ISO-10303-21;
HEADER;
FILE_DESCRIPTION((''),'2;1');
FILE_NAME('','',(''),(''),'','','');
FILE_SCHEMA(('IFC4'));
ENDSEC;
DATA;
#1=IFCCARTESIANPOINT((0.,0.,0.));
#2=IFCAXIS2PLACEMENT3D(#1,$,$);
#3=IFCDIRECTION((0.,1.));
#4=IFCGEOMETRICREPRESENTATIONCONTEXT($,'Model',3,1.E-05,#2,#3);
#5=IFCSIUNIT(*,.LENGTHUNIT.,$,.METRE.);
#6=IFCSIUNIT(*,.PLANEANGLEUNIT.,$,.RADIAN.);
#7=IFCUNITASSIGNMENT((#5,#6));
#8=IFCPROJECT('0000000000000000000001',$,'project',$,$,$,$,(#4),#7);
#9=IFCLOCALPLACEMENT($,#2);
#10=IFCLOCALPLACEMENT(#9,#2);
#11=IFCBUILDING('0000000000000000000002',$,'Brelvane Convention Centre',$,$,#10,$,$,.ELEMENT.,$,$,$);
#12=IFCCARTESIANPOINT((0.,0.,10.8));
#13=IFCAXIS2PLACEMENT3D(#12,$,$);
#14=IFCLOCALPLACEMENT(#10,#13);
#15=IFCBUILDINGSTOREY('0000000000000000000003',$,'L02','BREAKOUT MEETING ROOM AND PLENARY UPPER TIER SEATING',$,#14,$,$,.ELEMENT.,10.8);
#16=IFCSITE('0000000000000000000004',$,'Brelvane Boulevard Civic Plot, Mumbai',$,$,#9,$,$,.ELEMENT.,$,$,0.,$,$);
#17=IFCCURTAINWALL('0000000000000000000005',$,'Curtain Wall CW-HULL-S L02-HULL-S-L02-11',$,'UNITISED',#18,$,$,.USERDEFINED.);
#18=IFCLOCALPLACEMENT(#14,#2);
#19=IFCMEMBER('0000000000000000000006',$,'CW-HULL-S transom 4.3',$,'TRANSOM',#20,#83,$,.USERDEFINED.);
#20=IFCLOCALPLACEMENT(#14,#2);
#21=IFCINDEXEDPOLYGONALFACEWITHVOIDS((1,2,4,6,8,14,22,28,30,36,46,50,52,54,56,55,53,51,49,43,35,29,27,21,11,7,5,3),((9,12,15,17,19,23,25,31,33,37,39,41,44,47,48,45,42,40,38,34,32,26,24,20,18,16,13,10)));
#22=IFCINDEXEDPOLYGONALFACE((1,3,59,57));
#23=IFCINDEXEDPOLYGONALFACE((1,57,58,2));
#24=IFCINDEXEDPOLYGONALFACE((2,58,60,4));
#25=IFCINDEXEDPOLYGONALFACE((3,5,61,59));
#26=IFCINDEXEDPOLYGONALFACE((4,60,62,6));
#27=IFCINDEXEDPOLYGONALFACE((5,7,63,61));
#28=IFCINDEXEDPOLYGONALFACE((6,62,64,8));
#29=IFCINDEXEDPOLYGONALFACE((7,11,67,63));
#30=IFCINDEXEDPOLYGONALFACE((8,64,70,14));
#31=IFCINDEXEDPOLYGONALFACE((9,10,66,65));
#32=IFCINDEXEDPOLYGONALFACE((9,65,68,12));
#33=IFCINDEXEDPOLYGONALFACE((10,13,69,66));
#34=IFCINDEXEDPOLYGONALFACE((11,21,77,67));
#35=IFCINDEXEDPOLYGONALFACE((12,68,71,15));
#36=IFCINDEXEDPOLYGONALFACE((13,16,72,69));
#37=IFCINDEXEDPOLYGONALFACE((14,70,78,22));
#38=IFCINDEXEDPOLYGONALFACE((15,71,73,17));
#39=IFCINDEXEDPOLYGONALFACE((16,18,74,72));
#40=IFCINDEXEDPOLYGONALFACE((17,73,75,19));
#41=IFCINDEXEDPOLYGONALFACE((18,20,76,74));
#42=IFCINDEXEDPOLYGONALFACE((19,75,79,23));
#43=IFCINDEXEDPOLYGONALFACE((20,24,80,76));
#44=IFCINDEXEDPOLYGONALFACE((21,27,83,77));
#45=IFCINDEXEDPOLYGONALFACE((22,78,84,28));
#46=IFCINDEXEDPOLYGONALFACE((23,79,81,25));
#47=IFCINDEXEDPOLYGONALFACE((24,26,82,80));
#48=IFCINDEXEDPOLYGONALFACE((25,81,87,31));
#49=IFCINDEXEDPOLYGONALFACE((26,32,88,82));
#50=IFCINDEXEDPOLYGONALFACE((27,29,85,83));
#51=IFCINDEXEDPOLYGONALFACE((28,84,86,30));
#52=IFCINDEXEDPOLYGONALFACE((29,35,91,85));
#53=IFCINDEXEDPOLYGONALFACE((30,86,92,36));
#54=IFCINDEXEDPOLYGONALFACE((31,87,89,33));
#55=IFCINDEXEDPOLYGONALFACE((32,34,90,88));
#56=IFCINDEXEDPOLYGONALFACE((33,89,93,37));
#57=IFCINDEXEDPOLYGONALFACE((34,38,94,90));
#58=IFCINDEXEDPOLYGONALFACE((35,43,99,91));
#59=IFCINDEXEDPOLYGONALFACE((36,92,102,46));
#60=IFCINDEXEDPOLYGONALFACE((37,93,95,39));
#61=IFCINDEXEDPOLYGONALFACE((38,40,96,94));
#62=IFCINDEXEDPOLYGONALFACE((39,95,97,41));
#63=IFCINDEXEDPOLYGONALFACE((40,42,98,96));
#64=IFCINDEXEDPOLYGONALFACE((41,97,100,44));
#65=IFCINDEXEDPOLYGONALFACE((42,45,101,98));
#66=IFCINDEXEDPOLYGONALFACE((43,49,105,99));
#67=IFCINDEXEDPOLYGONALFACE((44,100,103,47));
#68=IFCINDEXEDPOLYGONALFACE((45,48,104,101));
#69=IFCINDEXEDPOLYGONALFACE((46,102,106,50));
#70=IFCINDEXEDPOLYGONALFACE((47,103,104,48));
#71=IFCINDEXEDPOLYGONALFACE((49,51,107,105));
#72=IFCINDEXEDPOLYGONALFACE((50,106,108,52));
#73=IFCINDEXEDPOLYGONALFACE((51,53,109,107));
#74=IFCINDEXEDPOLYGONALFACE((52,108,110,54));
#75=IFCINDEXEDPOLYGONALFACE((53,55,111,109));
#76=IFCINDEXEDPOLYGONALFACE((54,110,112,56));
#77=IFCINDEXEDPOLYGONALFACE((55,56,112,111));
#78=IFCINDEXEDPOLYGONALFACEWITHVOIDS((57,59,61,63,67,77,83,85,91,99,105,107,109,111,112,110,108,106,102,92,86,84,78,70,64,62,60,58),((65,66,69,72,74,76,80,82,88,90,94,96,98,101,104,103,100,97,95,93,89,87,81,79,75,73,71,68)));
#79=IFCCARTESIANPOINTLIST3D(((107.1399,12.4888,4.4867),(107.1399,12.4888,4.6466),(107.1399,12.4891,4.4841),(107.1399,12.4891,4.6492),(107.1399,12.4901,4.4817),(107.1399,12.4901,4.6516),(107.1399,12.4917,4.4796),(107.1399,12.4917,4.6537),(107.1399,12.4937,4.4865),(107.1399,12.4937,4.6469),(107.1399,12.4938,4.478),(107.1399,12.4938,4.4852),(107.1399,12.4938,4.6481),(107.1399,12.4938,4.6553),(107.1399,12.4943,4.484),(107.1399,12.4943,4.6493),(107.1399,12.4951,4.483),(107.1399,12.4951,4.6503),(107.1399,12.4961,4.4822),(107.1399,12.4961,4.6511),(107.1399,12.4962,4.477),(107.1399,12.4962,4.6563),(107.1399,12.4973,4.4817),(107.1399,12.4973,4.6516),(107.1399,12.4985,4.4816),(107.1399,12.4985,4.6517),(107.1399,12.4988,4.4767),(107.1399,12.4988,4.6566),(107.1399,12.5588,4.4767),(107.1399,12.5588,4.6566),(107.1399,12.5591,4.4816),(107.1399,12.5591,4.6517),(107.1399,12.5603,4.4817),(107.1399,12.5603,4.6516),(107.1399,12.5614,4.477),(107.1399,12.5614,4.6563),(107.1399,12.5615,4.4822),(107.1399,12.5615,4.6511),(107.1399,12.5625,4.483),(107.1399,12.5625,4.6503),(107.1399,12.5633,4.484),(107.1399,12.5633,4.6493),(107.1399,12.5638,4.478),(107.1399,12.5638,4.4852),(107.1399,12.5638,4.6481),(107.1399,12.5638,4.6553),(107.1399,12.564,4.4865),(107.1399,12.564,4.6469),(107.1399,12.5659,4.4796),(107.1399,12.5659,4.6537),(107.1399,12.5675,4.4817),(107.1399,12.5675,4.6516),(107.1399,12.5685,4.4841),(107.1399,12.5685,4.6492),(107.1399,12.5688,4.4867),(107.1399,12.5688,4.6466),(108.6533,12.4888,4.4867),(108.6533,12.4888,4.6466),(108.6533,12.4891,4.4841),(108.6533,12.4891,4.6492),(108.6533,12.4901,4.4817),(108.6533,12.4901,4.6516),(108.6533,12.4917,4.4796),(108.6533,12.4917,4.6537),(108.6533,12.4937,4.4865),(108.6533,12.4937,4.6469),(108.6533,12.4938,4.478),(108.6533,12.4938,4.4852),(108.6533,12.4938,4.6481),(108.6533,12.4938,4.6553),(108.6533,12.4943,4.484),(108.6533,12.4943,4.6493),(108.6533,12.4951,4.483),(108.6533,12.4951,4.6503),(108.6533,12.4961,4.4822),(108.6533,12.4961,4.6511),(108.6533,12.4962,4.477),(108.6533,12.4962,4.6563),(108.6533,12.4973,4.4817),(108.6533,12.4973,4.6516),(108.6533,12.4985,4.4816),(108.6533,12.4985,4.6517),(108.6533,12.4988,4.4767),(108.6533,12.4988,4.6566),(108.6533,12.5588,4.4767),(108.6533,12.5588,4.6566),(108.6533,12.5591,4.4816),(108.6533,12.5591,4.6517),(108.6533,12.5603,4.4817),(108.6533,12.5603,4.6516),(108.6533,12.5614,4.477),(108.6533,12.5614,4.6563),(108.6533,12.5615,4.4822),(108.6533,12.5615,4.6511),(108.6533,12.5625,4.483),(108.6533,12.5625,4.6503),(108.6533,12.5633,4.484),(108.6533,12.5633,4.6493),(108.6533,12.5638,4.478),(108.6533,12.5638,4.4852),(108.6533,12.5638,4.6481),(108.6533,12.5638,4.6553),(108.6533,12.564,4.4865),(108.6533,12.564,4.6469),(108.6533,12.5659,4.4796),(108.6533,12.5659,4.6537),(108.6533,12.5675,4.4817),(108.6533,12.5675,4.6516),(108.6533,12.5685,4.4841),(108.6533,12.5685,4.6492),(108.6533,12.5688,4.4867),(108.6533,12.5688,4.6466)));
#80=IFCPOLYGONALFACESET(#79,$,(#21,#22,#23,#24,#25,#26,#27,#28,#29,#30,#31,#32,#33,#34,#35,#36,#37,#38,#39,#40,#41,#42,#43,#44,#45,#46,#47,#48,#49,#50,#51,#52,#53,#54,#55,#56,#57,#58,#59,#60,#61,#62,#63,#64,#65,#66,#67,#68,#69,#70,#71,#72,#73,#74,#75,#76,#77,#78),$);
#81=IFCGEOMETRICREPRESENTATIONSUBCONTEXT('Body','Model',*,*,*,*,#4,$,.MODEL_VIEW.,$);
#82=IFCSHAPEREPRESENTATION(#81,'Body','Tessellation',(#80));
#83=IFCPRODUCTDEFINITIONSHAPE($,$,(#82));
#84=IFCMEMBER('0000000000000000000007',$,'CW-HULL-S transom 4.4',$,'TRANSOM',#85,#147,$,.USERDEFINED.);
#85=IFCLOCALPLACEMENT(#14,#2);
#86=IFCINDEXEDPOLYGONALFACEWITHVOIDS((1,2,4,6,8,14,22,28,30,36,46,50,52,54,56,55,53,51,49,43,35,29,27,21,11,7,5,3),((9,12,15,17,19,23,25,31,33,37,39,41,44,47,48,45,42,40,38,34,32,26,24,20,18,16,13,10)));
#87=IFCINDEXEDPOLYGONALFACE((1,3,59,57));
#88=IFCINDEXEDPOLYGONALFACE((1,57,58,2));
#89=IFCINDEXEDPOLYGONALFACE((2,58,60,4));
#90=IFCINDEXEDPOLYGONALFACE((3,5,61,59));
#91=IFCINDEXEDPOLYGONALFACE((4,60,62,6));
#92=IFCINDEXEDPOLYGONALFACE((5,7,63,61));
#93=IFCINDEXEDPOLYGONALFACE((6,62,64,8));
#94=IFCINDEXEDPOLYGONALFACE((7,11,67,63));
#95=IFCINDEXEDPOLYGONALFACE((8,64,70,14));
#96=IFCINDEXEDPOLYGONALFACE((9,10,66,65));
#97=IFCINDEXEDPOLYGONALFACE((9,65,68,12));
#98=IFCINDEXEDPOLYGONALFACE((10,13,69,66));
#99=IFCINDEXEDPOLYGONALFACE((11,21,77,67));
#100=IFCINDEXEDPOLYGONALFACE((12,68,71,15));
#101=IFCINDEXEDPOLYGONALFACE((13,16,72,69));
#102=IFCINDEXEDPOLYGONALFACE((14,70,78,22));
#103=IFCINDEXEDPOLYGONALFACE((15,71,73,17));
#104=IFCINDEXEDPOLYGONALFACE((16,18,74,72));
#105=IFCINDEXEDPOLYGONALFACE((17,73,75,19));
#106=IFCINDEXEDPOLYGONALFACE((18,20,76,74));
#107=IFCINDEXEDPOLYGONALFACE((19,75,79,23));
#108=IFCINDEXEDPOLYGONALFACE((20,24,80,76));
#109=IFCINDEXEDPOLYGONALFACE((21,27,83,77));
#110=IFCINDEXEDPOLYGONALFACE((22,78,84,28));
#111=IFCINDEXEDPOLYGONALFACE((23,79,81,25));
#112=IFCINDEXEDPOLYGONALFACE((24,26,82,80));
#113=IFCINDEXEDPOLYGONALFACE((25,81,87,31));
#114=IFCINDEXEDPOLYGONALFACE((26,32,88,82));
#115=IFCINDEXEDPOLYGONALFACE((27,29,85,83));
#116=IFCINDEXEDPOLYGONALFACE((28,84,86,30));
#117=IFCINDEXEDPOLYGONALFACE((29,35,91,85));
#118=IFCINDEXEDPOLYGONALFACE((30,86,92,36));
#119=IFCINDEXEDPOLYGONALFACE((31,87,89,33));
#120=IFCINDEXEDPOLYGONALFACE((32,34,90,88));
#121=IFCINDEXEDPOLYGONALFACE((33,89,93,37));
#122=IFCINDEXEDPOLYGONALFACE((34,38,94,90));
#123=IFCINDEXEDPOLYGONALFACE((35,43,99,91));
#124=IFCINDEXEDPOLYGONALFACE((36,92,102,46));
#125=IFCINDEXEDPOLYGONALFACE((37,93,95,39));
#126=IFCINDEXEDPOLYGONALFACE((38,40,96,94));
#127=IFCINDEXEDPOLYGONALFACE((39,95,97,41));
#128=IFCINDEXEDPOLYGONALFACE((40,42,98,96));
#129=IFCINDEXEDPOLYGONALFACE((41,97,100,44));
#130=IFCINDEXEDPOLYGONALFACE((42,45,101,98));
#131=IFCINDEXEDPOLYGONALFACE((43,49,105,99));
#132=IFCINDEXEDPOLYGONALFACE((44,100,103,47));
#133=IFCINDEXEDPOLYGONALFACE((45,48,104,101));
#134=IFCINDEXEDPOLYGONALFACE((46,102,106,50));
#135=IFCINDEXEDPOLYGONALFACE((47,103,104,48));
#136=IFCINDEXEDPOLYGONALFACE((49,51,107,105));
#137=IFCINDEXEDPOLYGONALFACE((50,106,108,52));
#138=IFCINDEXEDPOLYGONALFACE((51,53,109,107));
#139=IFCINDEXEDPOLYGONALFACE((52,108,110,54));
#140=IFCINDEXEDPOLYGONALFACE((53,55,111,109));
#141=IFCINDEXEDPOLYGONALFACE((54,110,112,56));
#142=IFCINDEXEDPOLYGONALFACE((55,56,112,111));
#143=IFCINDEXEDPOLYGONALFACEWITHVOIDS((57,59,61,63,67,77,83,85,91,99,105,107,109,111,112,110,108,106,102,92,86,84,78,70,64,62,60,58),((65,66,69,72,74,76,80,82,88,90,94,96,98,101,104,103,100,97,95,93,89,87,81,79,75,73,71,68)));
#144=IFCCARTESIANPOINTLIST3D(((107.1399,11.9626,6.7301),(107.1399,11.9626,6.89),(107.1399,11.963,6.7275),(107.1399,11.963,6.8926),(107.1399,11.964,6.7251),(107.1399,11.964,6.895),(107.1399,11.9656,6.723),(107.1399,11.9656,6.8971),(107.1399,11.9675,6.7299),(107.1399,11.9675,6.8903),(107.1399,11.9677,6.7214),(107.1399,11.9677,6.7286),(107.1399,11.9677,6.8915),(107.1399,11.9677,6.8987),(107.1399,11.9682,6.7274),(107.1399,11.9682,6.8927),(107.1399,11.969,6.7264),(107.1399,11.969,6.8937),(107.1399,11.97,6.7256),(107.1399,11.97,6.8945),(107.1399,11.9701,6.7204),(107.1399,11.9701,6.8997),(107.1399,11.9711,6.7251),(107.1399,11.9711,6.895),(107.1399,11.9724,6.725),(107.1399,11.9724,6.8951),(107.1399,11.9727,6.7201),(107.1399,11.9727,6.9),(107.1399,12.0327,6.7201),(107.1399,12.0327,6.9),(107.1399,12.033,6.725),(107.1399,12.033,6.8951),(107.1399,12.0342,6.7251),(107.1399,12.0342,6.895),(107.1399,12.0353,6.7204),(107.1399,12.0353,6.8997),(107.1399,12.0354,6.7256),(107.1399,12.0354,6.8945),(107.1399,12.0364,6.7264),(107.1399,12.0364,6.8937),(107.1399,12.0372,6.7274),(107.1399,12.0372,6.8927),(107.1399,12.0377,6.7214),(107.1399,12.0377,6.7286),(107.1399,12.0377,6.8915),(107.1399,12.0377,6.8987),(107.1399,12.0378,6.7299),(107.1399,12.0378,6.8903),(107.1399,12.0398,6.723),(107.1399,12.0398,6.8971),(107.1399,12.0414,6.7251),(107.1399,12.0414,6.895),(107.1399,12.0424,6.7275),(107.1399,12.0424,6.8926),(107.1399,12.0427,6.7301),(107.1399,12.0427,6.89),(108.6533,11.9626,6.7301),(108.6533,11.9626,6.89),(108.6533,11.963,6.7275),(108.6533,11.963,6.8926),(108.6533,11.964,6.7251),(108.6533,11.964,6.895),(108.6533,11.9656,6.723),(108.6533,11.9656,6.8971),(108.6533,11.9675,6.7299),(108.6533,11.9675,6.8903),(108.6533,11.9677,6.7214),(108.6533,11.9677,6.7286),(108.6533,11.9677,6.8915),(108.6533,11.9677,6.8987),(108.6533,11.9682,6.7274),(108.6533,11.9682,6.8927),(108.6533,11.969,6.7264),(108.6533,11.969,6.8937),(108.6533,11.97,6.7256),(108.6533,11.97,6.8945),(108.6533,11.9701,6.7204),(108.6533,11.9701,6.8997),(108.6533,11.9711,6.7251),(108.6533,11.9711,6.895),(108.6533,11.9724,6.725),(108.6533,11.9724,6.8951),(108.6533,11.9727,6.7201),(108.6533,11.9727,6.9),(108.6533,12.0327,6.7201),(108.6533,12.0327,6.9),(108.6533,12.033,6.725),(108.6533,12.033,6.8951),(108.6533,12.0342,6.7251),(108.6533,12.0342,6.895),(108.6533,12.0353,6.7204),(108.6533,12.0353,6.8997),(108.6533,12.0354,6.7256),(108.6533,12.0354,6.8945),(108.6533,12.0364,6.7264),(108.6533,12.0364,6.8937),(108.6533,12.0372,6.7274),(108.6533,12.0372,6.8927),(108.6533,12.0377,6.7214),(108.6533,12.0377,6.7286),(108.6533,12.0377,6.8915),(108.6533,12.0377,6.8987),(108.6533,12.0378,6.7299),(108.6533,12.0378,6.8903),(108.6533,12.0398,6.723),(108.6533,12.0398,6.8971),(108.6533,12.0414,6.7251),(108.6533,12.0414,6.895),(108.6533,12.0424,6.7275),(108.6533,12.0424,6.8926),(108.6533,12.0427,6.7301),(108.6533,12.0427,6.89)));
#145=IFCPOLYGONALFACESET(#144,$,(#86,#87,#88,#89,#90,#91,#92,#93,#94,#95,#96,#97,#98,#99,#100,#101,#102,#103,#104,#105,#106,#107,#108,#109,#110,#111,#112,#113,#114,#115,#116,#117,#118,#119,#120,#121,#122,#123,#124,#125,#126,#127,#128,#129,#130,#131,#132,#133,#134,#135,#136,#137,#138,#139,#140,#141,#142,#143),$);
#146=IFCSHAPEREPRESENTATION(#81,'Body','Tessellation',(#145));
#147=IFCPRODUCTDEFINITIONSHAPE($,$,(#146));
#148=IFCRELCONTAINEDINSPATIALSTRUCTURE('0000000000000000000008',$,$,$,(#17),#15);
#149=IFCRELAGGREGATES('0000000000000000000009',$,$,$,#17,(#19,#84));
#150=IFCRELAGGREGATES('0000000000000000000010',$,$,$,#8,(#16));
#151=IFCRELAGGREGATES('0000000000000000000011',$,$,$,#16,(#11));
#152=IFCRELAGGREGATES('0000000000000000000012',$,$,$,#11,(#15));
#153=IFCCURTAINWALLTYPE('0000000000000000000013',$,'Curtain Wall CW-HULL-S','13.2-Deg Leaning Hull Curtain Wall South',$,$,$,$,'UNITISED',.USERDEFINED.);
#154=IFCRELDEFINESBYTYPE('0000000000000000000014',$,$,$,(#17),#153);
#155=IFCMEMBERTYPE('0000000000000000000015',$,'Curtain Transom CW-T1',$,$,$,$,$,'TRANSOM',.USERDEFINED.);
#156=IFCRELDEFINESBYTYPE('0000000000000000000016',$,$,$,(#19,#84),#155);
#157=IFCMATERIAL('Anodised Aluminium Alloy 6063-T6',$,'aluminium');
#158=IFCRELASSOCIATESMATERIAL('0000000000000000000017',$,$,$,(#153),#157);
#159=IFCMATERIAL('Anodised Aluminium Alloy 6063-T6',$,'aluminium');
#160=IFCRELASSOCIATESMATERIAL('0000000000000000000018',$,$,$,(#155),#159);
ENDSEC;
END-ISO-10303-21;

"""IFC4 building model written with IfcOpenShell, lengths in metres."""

from ifc_helpers import new_model, si_unit, direction, frame, origin, origin_2d, place, context, subcontext, project, spatial, hollow_rectangle, extrude, material, material_profile, profile_set, type_object, element, aggregate, save


model = new_model("IFC4")

# Units and contexts
model_context = context("Model", 3, precision=1e-05, world=origin(), true_north=direction((0.0, 1.0)))
body_context = subcontext(model_context, "Body", "Model", "MODEL_VIEW")
ifc_project = project(units=[si_unit("LENGTHUNIT", "METRE"), si_unit("PLANEANGLEUNIT", "RADIAN")], contexts=[model_context])

# Site, building, storey
site_placement = place(None, origin())
site = spatial("IfcSite", under=ifc_project, at=site_placement, Name="Brelvane Boulevard Civic Plot, Mumbai", CompositionType="ELEMENT", RefElevation=0.0)
building_placement = place(site_placement, origin())
building = spatial("IfcBuilding", under=site, at=building_placement, Name="Brelvane Convention Centre", CompositionType="ELEMENT")
storey_placement = place(building_placement, frame((0.0, 0.0, 10.8)))
storey = spatial("IfcBuildingStorey", under=building, at=storey_placement, Name="L02", Description="BREAKOUT MEETING ROOM AND PLENARY UPPER TIER SEATING", CompositionType="ELEMENT", Elevation=10.8)

# Curtain wall, members
ifc_material_1 = material(Name="Anodised Aluminium Alloy 6063-T6", Category="aluminium")
curtain_wall_type = type_object("IfcCurtainWallType", Name="Curtain Wall CW-HULL-S", Description="13.2-Deg Leaning Hull Curtain Wall South", ElementType="UNITISED", PredefinedType="USERDEFINED", material=ifc_material_1)
curtain_wall_1_placement = place(storey_placement, origin())
curtain_wall_1 = element("IfcCurtainWall", 1, at=curtain_wall_1_placement, inside=storey, type_object=curtain_wall_type, Name="Curtain Wall CW-HULL-S L02-HULL-S-L02-11", ObjectType="UNITISED", PredefinedType="USERDEFINED")
ifc_material_2 = material(Name="Anodised Aluminium Alloy 6063-T6", Category="aluminium")
ifc_material_profile = material_profile(ifc_material_2, hollow_rectangle(XDim=0.0801, YDim=0.1799, WallThickness=0.0049, InnerFilletRadius=0.0049, OuterFilletRadius=0.01, at=origin_2d()), Name="ALU-T 180x80x5.0")
ifc_profile_set = profile_set([ifc_material_profile], Name="Anodised Aluminium Alloy 6063-T6")
member_type = type_object("IfcMemberType", Name="Curtain Transom CW-T1", ElementType="TRANSOM", PredefinedType="USERDEFINED", material=ifc_profile_set)
member_1_placement = place(storey_placement, frame((107.1399, 12.5288, 4.5667), z_axis=(1.0, 0.0, 0.0), x_axis=(0.0, 1.0, 0.0)))
member_1 = element("IfcMember", 2, at=member_1_placement, type_object=member_type, Name="CW-HULL-S transom 4.3", ObjectType="TRANSOM", PredefinedType="USERDEFINED", context=body_context, shape_type="SweptSolid", body=[
    extrude(hollow_rectangle(XDim=0.0801, YDim=0.1799, WallThickness=0.0049, InnerFilletRadius=0.0049, OuterFilletRadius=0.01, at=origin_2d()), origin(), (0.0, 0.0, 1.0), 1.5134),
])
member_2_placement = place(storey_placement, frame((107.1399, 12.0027, 6.8101), z_axis=(1.0, 0.0, 0.0), x_axis=(0.0, 1.0, 0.0)))
member_2 = element("IfcMember", 3, at=member_2_placement, type_object=member_type, Name="CW-HULL-S transom 4.4", ObjectType="TRANSOM", PredefinedType="USERDEFINED", context=body_context, shape_type="SweptSolid", body=[
    extrude(hollow_rectangle(XDim=0.0801, YDim=0.1799, WallThickness=0.0049, InnerFilletRadius=0.0049, OuterFilletRadius=0.01, at=origin_2d()), origin(), (0.0, 0.0, 1.0), 1.5134),
])

aggregate(curtain_wall_1, [member_1, member_2])

save(model, "model.ifc")
